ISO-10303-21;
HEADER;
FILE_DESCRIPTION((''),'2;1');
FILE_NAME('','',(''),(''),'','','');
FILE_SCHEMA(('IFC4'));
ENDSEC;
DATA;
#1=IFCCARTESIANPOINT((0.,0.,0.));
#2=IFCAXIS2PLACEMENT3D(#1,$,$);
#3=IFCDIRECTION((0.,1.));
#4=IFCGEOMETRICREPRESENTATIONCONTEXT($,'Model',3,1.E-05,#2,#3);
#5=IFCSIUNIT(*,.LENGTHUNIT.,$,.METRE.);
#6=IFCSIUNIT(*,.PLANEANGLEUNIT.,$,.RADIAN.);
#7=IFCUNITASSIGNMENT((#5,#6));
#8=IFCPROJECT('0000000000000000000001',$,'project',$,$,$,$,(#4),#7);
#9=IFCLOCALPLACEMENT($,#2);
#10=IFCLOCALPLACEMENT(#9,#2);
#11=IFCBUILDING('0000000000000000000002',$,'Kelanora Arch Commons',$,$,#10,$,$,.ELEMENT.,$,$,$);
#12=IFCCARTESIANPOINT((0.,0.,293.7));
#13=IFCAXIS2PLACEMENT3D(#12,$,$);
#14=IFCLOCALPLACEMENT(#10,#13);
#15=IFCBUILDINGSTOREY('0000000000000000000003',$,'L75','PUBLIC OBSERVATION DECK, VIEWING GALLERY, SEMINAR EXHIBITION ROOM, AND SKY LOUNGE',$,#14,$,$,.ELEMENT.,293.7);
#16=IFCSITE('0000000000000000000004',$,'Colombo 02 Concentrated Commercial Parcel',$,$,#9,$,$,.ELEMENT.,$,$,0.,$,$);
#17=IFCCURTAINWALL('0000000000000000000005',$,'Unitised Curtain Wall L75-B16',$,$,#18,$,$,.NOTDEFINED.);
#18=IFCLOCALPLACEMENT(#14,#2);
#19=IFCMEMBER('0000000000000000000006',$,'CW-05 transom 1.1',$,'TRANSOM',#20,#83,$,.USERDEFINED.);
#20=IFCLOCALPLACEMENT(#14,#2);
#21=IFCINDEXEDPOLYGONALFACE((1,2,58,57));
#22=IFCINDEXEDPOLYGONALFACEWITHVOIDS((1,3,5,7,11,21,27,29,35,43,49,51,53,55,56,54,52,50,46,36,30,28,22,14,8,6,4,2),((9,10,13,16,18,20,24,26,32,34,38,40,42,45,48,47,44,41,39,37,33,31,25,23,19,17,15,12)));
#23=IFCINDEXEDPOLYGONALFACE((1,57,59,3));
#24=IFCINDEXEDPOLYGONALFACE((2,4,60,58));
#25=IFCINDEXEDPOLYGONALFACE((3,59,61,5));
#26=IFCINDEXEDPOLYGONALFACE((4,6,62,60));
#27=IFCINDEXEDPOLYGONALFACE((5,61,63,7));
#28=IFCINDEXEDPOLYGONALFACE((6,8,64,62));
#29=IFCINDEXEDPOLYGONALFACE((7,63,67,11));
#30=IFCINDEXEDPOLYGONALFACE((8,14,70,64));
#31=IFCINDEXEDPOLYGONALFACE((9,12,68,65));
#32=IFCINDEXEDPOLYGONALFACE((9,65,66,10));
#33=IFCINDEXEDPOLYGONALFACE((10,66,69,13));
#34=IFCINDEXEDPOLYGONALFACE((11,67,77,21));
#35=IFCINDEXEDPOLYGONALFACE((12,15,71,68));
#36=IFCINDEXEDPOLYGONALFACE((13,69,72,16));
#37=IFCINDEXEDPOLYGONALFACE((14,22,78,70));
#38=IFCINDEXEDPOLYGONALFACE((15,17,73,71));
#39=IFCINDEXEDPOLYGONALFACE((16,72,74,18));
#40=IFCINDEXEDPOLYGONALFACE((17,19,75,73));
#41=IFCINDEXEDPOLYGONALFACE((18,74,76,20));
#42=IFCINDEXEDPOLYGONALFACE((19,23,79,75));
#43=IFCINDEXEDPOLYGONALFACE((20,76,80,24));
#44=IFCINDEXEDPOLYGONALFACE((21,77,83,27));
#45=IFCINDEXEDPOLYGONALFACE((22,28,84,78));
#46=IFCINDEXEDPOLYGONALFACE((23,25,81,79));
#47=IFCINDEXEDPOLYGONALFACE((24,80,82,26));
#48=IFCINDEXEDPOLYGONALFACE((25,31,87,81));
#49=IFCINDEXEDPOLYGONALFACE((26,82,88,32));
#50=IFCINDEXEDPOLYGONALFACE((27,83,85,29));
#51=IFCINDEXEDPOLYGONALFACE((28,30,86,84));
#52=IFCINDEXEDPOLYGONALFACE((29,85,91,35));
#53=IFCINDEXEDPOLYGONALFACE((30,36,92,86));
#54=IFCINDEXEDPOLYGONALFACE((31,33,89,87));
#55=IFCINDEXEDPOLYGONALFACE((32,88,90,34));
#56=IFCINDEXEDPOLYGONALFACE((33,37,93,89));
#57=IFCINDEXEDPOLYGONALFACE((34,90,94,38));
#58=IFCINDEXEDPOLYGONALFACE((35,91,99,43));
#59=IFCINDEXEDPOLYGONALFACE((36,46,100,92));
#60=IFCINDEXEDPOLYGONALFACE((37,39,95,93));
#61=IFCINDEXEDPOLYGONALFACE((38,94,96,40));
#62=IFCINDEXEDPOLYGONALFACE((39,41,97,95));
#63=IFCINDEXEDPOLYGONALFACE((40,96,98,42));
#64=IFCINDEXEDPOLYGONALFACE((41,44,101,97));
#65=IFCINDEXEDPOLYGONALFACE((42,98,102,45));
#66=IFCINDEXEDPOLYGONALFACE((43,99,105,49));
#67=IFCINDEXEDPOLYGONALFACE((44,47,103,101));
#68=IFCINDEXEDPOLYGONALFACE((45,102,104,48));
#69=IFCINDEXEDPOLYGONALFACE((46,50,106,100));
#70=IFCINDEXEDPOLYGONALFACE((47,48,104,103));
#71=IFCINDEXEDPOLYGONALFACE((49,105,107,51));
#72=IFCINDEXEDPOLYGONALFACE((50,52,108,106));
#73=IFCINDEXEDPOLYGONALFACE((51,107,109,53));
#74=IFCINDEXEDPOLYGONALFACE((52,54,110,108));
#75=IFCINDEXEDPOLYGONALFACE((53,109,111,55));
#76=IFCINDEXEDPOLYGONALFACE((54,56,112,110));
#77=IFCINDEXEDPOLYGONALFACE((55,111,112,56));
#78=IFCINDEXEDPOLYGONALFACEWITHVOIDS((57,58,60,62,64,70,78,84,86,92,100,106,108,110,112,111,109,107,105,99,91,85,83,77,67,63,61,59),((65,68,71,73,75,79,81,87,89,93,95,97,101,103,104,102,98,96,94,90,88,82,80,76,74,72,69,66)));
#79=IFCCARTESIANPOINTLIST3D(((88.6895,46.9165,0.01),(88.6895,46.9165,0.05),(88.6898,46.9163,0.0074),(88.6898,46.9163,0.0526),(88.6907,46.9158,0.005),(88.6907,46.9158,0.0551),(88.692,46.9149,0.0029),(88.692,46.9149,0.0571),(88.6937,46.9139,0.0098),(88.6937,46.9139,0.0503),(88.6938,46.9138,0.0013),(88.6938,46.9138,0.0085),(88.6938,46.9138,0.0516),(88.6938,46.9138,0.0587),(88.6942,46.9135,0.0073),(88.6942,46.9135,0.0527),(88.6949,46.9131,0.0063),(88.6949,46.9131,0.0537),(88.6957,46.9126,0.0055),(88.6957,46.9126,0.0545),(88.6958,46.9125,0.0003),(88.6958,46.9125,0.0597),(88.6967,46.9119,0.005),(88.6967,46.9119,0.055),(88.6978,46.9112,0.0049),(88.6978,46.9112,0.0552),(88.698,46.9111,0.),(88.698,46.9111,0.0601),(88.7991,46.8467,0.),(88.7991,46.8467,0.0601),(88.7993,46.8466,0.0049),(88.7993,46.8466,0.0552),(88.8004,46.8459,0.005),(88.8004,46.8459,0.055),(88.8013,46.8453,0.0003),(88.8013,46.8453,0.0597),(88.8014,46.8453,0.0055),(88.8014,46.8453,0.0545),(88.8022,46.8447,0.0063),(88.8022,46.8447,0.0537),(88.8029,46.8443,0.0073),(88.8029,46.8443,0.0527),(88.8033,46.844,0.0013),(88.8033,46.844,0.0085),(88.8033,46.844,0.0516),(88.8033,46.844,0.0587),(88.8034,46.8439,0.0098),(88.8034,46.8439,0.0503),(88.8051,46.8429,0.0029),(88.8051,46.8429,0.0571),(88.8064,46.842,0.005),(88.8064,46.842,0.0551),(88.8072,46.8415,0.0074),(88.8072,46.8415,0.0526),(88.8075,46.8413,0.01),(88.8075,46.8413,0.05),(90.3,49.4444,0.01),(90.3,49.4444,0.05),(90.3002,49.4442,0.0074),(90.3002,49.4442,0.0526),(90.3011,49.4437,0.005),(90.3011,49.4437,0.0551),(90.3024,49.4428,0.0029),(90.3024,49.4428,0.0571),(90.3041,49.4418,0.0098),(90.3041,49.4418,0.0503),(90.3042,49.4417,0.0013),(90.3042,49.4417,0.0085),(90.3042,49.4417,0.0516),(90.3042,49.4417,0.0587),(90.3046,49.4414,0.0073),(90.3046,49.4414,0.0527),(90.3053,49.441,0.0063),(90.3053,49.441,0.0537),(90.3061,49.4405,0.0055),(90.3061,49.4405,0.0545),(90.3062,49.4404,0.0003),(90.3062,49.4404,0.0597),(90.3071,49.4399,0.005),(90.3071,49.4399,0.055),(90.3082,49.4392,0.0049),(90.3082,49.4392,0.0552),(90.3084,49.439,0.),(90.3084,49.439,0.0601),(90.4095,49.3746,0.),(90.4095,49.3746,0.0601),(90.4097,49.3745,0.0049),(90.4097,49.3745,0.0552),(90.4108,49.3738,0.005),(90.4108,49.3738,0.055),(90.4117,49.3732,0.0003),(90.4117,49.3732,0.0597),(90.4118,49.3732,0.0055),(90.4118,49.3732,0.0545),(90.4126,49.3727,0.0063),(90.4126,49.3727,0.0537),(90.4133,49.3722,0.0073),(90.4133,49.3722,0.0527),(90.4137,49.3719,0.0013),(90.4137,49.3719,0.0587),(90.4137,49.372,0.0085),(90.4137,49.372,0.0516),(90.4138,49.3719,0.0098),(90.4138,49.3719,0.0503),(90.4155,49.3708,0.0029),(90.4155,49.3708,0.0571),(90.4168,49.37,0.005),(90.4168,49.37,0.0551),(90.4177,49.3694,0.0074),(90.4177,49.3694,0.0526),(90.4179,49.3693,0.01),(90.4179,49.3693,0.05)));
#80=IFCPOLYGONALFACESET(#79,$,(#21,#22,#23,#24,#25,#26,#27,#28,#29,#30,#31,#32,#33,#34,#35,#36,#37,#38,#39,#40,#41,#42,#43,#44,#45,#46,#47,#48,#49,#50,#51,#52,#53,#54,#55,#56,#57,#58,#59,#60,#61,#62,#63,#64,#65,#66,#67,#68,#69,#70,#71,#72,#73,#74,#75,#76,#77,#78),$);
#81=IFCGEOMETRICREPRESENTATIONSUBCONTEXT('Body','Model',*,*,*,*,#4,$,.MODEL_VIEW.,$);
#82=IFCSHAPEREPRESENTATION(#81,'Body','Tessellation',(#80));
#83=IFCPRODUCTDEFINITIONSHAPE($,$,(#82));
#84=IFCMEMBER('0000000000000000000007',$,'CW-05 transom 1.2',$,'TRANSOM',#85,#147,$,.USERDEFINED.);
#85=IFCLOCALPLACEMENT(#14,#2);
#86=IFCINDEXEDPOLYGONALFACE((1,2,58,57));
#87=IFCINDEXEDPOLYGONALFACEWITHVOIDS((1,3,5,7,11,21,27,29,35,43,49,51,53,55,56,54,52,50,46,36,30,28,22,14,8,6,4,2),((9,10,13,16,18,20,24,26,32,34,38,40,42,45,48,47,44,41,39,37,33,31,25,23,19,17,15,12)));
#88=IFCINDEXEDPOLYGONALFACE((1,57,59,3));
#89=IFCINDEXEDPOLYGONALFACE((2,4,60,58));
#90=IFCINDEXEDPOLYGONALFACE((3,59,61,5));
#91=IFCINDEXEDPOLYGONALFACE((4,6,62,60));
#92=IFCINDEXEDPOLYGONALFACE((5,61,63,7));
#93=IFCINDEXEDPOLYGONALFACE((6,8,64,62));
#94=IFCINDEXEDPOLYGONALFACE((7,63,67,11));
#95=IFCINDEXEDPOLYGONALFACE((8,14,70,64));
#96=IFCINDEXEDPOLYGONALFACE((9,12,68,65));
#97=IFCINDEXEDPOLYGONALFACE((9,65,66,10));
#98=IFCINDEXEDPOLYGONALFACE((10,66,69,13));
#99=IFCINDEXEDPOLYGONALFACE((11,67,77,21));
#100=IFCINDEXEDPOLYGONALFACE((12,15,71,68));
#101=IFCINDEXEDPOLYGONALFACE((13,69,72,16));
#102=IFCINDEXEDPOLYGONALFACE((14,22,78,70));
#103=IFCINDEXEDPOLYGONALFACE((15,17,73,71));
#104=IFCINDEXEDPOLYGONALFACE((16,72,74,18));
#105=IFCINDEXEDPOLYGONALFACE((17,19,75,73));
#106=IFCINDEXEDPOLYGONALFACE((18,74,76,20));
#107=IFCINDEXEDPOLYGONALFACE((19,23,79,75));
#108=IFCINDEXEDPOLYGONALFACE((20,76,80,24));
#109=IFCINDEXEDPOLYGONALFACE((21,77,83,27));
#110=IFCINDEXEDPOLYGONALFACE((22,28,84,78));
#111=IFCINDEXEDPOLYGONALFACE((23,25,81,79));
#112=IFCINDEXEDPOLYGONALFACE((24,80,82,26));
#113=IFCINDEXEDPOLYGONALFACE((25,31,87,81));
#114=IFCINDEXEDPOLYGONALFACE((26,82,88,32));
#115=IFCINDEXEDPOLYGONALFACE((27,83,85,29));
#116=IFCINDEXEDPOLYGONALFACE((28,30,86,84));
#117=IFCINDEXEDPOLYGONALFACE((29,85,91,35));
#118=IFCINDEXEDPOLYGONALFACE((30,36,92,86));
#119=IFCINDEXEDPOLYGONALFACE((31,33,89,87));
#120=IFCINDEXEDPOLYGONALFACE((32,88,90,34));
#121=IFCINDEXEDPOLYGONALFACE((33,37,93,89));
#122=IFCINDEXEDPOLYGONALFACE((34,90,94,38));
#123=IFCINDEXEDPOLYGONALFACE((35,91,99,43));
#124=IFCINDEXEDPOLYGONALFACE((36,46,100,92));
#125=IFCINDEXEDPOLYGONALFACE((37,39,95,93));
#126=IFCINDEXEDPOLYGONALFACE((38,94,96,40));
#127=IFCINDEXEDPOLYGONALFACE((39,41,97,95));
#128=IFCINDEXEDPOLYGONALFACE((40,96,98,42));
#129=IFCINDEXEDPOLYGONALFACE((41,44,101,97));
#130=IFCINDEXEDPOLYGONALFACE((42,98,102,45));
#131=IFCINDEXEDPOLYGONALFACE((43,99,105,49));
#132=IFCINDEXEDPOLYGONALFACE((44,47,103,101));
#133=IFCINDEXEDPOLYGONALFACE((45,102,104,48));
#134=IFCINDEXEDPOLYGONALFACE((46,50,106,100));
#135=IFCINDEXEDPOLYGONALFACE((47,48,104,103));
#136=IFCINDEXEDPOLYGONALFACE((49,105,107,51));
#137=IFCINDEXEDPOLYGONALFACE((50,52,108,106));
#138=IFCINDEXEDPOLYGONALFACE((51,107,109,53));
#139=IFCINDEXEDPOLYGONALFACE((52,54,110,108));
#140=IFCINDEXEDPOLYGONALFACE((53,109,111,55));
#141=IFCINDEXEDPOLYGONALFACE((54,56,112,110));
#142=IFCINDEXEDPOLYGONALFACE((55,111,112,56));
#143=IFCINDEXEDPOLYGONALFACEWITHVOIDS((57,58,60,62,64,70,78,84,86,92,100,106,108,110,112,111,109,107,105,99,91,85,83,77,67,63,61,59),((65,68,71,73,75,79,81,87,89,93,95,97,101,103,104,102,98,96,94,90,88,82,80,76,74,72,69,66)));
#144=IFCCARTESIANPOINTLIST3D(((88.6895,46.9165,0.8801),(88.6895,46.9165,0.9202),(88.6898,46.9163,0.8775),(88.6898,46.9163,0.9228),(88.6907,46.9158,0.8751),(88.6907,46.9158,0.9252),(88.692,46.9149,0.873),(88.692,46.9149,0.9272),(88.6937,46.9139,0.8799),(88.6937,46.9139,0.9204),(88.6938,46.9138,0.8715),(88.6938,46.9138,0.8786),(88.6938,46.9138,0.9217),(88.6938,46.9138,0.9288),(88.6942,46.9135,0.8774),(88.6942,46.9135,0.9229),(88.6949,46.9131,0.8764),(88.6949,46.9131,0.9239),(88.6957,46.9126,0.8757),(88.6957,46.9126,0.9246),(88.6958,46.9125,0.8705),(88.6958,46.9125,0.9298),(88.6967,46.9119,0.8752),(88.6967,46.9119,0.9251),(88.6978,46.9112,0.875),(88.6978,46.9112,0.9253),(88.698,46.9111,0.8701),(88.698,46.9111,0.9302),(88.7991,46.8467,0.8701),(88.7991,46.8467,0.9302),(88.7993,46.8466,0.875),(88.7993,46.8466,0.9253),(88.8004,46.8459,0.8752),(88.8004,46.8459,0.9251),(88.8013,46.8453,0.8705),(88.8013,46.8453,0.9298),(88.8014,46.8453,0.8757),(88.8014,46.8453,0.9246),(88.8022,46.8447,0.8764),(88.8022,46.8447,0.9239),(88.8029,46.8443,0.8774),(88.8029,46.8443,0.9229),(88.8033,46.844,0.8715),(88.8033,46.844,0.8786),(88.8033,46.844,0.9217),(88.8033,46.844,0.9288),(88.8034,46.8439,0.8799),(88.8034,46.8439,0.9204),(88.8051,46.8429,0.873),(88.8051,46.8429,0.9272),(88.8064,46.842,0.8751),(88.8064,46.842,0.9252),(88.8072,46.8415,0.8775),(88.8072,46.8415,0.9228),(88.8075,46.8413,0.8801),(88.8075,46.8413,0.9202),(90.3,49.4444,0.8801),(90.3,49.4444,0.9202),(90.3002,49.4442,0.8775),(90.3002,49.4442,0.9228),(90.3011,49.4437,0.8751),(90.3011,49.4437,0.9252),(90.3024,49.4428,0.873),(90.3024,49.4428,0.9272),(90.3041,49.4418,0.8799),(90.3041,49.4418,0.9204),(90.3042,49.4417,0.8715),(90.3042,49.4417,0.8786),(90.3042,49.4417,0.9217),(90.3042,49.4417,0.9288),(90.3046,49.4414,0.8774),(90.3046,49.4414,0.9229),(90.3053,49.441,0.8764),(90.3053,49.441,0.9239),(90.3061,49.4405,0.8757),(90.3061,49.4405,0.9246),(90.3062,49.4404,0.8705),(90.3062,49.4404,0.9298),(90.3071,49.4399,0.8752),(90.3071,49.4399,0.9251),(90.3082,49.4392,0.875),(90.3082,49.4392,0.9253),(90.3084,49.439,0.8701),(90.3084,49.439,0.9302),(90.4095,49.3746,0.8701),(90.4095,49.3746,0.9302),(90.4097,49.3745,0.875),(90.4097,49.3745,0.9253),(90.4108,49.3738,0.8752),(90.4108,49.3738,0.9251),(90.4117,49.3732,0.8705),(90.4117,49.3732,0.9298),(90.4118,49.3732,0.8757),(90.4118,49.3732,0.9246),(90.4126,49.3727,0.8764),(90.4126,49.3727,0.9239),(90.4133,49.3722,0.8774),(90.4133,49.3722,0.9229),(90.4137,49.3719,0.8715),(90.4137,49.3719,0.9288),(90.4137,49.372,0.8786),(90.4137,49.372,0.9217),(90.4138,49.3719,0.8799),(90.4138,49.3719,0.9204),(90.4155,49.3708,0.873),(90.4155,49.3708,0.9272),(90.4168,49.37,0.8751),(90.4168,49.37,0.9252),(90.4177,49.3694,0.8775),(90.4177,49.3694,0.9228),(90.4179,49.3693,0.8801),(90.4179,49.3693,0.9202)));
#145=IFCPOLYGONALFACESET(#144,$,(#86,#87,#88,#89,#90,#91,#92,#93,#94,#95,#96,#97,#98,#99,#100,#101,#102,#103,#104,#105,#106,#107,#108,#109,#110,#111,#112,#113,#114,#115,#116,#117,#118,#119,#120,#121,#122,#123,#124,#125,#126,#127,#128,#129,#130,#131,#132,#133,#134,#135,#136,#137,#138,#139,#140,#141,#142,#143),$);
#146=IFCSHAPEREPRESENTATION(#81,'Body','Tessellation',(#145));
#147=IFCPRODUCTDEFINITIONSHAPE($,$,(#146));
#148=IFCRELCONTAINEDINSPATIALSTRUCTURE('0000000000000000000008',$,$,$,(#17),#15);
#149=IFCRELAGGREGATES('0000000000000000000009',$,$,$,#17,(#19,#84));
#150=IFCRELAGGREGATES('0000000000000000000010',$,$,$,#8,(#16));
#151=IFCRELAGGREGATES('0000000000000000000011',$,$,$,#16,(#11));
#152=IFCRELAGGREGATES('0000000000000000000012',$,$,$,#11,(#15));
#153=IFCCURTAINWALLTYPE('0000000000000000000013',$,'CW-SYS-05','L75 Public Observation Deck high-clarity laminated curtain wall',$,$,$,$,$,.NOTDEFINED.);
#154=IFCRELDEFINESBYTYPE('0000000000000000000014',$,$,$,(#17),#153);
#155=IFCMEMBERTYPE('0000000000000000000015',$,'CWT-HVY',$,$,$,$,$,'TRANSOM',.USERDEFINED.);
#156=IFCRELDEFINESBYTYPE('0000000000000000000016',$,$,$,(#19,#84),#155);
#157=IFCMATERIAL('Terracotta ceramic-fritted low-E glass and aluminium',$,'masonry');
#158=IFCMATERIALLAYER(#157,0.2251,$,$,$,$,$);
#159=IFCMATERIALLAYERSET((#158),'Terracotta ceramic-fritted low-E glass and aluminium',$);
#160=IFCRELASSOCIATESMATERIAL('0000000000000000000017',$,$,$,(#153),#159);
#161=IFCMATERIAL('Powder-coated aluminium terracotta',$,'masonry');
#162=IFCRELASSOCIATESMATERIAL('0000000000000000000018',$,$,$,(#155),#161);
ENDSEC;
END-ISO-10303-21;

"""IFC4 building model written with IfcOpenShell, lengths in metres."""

from ifc_helpers import new_model, si_unit, direction, frame, origin, origin_2d, place, context, subcontext, project, spatial, hollow_rectangle, extrude, material, layer, layer_set, material_profile, profile_set, type_object, element, aggregate, save


model = new_model("IFC4")

# Units and contexts
model_context = context("Model", 3, precision=1e-05, world=origin(), true_north=direction((0.0, 1.0)))
body_context = subcontext(model_context, "Body", "Model", "MODEL_VIEW")
ifc_project = project(units=[si_unit("LENGTHUNIT", "METRE"), si_unit("PLANEANGLEUNIT", "RADIAN")], contexts=[model_context])

# Site, building, storey
site_placement = place(None, origin())
site = spatial("IfcSite", under=ifc_project, at=site_placement, Name="Colombo 02 Concentrated Commercial Parcel", CompositionType="ELEMENT", RefElevation=0.0)
building_placement = place(site_placement, origin())
building = spatial("IfcBuilding", under=site, at=building_placement, Name="Kelanora Arch Commons", CompositionType="ELEMENT")
storey_placement = place(building_placement, frame((0.0, 0.0, 293.7)))
storey = spatial("IfcBuildingStorey", under=building, at=storey_placement, Name="L75", Description="PUBLIC OBSERVATION DECK, VIEWING GALLERY, SEMINAR EXHIBITION ROOM, AND SKY LOUNGE", CompositionType="ELEMENT", Elevation=293.7)

# Curtain wall
ifc_material_1 = material(Name="Terracotta ceramic-fritted low-E glass and aluminium", Category="masonry")
ifc_layer_1 = layer(ifc_material_1, 0.2251)
ifc_layer_set_1 = layer_set([ifc_layer_1], Name="Terracotta ceramic-fritted low-E glass and aluminium")
curtain_wall_type = type_object("IfcCurtainWallType", Name="CW-SYS-05", Description="L75 Public Observation Deck high-clarity laminated curtain wall", PredefinedType="NOTDEFINED", material=ifc_layer_set_1)
ifc_material_2 = material(Name="Powder-coated aluminium terracotta", Category="masonry")
curtain_wall_1_placement = place(storey_placement, origin())
curtain_wall_1 = element("IfcCurtainWall", 1, at=curtain_wall_1_placement, inside=storey, type_object=curtain_wall_type, Name="Unitised Curtain Wall L75-B16", PredefinedType="NOTDEFINED")

# Members
ifc_material_profile_1 = material_profile(ifc_material_2, hollow_rectangle(XDim=0.1399, YDim=0.0601, WallThickness=0.0049, InnerFilletRadius=0.0049, OuterFilletRadius=0.01, at=origin_2d()), Name="CWT140x60")
ifc_profile_set_1 = profile_set([ifc_material_profile_1], Name="Powder-coated aluminium terracotta")
member_type_1 = type_object("IfcMemberType", Name="CWT-HVY", ElementType="TRANSOM", PredefinedType="USERDEFINED", material=ifc_profile_set_1)
member_1_placement = place(storey_placement, frame((88.7485, 46.8789, 0.03), z_axis=(0.537287, 0.8434, 0.0), x_axis=(-0.8434, 0.537287, 0.0)))
member_1 = element("IfcMember", 2, at=member_1_placement, type_object=member_type_1, Name="CW-05 transom 1.1", ObjectType="TRANSOM", PredefinedType="USERDEFINED", context=body_context, shape_type="SweptSolid", body=[
    extrude(hollow_rectangle(XDim=0.1399, YDim=0.0601, WallThickness=0.0049, InnerFilletRadius=0.0049, OuterFilletRadius=0.01, at=origin_2d()), origin(), (0.0, 0.0, 1.0), 2.9973),
])
member_2_placement = place(storey_placement, frame((88.7485, 46.8789, 0.9001), z_axis=(0.537287, 0.8434, 0.0), x_axis=(-0.8434, 0.537287, 0.0)))
member_2 = element("IfcMember", 3, at=member_2_placement, type_object=member_type_1, Name="CW-05 transom 1.2", ObjectType="TRANSOM", PredefinedType="USERDEFINED", context=body_context, shape_type="SweptSolid", body=[
    extrude(hollow_rectangle(XDim=0.1399, YDim=0.0601, WallThickness=0.0049, InnerFilletRadius=0.0049, OuterFilletRadius=0.01, at=origin_2d()), origin(), (0.0, 0.0, 1.0), 2.9973),
])

aggregate(curtain_wall_1, [member_1, member_2])

save(model, "model.ifc")
